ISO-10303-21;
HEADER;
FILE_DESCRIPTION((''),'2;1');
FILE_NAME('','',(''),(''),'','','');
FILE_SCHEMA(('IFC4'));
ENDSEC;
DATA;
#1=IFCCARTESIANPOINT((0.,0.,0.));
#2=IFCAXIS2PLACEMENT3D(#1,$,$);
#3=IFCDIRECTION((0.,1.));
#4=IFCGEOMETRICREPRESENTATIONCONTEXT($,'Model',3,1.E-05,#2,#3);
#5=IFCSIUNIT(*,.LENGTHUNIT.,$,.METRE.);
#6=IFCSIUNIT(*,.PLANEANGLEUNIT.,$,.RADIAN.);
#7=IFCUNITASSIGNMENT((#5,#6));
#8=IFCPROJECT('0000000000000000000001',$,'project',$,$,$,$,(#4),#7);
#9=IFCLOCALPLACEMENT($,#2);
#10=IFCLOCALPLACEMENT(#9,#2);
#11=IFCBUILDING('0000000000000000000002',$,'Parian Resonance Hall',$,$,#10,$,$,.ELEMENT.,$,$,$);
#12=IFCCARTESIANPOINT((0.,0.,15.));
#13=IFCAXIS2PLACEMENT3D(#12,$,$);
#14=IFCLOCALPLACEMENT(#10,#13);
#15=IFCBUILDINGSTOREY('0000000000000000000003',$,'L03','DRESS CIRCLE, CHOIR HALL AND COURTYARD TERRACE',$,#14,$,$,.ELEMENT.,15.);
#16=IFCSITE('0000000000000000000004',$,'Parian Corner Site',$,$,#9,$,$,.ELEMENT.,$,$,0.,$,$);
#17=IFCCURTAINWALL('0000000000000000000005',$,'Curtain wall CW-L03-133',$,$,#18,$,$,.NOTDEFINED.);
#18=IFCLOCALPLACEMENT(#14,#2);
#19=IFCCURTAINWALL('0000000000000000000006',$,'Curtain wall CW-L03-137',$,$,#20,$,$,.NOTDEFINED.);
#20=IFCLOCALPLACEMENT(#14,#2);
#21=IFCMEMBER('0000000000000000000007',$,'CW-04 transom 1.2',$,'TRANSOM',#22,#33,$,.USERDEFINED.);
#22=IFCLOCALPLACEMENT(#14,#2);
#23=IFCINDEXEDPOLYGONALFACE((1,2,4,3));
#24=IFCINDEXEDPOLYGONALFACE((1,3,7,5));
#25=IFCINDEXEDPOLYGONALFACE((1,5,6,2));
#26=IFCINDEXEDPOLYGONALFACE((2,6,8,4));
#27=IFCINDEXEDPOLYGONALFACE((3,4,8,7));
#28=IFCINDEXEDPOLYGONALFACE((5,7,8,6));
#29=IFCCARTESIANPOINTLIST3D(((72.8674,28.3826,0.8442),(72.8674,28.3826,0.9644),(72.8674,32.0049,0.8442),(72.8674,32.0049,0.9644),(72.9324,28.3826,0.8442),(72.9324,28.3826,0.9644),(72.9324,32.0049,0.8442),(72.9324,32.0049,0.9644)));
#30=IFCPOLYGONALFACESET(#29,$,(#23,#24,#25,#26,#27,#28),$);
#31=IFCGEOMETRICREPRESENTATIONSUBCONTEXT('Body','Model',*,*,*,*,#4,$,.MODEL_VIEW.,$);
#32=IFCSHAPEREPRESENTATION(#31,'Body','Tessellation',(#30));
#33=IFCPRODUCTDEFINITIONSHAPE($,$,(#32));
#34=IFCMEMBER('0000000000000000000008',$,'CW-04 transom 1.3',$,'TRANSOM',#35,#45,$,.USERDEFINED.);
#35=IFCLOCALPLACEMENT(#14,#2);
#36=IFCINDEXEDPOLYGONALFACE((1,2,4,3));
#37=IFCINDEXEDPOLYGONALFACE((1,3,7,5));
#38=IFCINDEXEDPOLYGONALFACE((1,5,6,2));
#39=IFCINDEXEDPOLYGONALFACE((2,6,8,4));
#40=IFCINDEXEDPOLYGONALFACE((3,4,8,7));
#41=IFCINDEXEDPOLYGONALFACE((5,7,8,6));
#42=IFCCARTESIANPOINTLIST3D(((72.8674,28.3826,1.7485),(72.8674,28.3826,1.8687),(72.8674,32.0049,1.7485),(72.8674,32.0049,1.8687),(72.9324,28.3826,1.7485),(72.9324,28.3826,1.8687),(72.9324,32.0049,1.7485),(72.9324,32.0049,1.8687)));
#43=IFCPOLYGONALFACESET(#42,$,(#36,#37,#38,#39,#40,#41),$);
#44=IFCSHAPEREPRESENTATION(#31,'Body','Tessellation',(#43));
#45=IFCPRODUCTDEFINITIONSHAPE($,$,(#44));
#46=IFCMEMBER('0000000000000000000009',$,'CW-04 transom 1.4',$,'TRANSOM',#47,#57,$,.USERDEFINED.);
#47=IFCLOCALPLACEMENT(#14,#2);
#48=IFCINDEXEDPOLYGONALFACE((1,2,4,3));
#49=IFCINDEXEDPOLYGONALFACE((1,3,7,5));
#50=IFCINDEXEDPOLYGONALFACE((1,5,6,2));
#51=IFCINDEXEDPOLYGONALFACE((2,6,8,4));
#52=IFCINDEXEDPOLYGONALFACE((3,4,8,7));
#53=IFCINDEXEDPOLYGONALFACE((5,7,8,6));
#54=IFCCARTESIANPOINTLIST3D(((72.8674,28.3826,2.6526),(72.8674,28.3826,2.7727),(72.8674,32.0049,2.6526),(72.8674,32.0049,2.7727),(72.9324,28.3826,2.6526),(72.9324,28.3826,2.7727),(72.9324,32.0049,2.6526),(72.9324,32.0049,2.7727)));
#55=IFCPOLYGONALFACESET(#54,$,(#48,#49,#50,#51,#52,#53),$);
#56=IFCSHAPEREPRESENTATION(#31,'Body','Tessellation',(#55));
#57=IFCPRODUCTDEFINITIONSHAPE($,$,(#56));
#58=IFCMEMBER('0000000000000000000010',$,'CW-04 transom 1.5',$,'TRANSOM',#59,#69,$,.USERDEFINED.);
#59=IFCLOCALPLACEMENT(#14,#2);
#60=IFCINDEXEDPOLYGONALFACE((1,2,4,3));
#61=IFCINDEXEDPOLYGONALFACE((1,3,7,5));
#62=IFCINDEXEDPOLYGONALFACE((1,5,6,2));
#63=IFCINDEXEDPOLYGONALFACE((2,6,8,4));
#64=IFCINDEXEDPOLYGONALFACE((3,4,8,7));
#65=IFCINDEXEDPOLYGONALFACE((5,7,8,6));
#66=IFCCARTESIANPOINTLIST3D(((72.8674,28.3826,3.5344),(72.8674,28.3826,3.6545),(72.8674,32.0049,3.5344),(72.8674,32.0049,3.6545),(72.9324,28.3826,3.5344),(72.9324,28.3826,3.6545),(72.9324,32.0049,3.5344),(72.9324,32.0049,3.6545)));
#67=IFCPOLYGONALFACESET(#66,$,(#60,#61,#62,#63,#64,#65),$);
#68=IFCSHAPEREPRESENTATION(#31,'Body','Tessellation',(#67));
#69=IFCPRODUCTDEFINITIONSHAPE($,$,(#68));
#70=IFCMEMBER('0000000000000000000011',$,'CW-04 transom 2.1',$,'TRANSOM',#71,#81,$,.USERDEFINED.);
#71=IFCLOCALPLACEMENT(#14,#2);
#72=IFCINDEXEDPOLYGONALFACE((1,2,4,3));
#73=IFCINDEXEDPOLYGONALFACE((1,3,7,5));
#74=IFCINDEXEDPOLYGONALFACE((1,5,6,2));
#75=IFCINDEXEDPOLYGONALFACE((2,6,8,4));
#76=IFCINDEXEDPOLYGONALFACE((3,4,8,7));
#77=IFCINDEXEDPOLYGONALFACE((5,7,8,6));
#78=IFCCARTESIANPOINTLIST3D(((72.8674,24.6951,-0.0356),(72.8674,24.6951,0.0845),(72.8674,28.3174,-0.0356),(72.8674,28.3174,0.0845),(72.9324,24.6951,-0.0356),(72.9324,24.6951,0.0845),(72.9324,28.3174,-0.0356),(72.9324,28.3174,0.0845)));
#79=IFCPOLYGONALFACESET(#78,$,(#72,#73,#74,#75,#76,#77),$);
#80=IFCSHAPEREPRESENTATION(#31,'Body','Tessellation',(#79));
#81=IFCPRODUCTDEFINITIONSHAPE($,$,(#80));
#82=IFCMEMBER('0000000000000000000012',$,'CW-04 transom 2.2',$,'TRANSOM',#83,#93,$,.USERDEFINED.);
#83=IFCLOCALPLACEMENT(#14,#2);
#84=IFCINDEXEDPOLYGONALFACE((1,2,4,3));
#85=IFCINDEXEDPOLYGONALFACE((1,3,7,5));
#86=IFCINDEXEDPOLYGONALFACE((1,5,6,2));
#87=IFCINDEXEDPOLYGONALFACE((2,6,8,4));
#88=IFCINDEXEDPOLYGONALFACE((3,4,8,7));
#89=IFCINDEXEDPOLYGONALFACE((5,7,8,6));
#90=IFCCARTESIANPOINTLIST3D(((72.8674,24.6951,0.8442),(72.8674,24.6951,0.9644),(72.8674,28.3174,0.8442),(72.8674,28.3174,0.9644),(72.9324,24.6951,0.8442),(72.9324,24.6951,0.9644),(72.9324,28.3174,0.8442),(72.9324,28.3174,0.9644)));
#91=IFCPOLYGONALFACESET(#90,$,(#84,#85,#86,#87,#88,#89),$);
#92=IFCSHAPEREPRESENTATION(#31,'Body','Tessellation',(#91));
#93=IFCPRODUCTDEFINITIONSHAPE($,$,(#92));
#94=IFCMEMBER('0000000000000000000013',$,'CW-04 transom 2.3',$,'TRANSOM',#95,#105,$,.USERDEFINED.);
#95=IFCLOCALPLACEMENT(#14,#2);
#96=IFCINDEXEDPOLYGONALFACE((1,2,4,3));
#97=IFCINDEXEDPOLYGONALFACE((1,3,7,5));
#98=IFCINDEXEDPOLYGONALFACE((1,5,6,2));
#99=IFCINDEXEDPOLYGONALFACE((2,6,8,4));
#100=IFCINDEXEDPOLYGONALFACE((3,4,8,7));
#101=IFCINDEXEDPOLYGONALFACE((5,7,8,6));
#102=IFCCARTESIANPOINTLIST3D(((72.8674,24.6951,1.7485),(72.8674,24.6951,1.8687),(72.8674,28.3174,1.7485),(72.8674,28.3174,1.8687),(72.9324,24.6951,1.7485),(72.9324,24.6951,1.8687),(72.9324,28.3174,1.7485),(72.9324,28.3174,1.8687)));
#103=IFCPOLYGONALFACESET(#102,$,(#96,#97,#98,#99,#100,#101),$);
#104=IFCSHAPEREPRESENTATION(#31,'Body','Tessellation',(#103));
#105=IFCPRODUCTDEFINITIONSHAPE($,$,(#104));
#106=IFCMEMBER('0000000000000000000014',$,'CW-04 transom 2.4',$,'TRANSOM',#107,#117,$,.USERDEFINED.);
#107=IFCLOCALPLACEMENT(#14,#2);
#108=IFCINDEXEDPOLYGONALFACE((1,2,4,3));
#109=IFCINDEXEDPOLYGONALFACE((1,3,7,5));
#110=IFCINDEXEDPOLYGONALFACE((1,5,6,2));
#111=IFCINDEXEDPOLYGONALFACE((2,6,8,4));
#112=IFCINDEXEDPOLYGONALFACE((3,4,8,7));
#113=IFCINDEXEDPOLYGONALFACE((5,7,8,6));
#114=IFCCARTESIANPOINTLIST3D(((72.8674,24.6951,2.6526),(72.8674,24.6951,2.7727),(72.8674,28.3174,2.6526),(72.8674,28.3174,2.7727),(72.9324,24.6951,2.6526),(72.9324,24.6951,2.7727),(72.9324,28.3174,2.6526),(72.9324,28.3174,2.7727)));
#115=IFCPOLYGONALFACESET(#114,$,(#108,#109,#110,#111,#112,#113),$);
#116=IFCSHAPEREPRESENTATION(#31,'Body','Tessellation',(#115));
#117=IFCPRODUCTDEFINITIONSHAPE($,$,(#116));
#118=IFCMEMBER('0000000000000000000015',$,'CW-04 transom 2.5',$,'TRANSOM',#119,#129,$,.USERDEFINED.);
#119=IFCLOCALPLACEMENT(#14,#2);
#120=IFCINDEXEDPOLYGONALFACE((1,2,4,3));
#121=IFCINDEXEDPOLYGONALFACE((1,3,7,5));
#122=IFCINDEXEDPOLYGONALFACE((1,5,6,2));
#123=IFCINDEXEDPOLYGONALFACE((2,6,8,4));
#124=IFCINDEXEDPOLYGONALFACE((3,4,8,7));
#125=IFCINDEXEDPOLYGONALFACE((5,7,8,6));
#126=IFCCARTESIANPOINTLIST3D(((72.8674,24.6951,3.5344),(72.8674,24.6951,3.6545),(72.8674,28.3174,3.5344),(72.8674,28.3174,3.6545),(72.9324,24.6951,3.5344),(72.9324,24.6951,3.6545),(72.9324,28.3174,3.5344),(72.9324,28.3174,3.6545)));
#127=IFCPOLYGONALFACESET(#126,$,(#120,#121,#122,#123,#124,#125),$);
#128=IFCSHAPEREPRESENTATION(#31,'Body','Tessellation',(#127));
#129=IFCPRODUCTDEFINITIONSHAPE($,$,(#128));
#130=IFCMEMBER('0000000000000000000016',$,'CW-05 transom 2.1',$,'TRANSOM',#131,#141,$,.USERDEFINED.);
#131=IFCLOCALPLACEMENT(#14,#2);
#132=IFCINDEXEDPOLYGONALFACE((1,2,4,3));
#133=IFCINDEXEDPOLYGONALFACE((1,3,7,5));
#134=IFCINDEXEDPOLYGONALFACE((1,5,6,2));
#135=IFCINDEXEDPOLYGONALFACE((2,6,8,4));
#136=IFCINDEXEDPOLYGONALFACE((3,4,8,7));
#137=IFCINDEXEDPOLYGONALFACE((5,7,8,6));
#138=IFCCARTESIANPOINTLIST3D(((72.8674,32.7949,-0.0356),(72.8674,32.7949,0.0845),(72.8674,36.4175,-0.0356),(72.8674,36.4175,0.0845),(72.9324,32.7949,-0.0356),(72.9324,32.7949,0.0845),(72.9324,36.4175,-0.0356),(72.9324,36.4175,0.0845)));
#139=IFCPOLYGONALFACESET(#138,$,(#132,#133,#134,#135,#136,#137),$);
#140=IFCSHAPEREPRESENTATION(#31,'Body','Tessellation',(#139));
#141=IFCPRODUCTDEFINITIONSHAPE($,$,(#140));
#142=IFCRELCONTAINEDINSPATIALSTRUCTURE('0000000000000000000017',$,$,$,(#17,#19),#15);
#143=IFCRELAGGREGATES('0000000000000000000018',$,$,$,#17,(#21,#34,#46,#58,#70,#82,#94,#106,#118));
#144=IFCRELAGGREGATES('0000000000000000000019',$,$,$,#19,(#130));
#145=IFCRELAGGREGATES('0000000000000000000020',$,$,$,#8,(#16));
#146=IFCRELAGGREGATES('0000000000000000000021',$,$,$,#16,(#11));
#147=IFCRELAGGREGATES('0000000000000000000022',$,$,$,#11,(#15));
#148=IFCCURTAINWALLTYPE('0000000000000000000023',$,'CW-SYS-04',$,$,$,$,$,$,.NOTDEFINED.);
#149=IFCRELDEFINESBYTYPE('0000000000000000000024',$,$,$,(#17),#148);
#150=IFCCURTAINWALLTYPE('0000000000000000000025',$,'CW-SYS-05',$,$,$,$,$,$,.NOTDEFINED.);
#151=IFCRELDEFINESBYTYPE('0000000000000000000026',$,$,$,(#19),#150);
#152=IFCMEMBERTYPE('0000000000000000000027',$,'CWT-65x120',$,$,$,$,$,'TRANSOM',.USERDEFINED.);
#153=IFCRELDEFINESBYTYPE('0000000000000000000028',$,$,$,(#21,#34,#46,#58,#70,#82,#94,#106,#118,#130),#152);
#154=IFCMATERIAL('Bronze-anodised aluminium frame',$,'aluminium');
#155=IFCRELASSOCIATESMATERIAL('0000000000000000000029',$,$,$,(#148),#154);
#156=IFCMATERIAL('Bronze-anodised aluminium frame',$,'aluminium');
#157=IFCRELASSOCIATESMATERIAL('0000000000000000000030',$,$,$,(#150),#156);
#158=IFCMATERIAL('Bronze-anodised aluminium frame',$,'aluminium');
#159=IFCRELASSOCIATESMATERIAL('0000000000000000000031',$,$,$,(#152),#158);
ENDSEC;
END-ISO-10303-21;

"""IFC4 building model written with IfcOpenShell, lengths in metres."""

from ifc_helpers import new_model, si_unit, direction, frame, origin, origin_2d, place, context, subcontext, project, spatial, rectangle, extrude, material, material_profile, profile_set, type_object, element, aggregate, save


model = new_model("IFC4")

# Units and contexts
model_context = context("Model", 3, precision=1e-05, world=origin(), true_north=direction((0.0, 1.0)))
body_context = subcontext(model_context, "Body", "Model", "MODEL_VIEW")
ifc_project = project(units=[si_unit("LENGTHUNIT", "METRE"), si_unit("PLANEANGLEUNIT", "RADIAN")], contexts=[model_context])

# Site, building, storey
site_placement = place(None, origin())
site = spatial("IfcSite", under=ifc_project, at=site_placement, Name="Parian Corner Site", CompositionType="ELEMENT", RefElevation=0.0)
building_placement = place(site_placement, origin())
building = spatial("IfcBuilding", under=site, at=building_placement, Name="Parian Resonance Hall", CompositionType="ELEMENT")
storey_placement = place(building_placement, frame((0.0, 0.0, 15.0)))
storey = spatial("IfcBuildingStorey", under=building, at=storey_placement, Name="L03", Description="DRESS CIRCLE, CHOIR HALL AND COURTYARD TERRACE", CompositionType="ELEMENT", Elevation=15.0)

# Curtain wall
ifc_material_1 = material(Name="Bronze-anodised aluminium frame", Category="aluminium")
curtain_wall_type_1 = type_object("IfcCurtainWallType", Name="CW-SYS-04", PredefinedType="NOTDEFINED", material=ifc_material_1)
curtain_wall_1_placement = place(storey_placement, origin())
curtain_wall_1 = element("IfcCurtainWall", 1, at=curtain_wall_1_placement, inside=storey, type_object=curtain_wall_type_1, Name="Curtain wall CW-L03-133", PredefinedType="NOTDEFINED")

# Curtain wall
ifc_material_2 = material(Name="Bronze-anodised aluminium frame", Category="aluminium")
curtain_wall_type_2 = type_object("IfcCurtainWallType", Name="CW-SYS-05", PredefinedType="NOTDEFINED", material=ifc_material_2)
curtain_wall_2_placement = place(storey_placement, origin())
curtain_wall_2 = element("IfcCurtainWall", 2, at=curtain_wall_2_placement, inside=storey, type_object=curtain_wall_type_2, Name="Curtain wall CW-L03-137", PredefinedType="NOTDEFINED")

# Members
ifc_material_3 = material(Name="Bronze-anodised aluminium frame", Category="aluminium")
ifc_material_profile_1 = material_profile(ifc_material_3, rectangle(XDim=0.0649, YDim=0.1201, at=origin_2d()), Name="CWT-65x120")
ifc_profile_set_1 = profile_set([ifc_material_profile_1], Name="Bronze-anodised aluminium frame")
member_type_1 = type_object("IfcMemberType", Name="CWT-65x120", ElementType="TRANSOM", PredefinedType="USERDEFINED", material=ifc_profile_set_1)
member_1_placement = place(storey_placement, frame((72.8999, 32.0049, 0.9043), z_axis=(0.0, -1.0, 0.0), x_axis=(1.0, 0.0, 0.0)))
member_1 = element("IfcMember", 3, at=member_1_placement, type_object=member_type_1, Name="CW-04 transom 1.2", ObjectType="TRANSOM", PredefinedType="USERDEFINED", context=body_context, shape_type="SweptSolid", body=[
    extrude(rectangle(XDim=0.0649, YDim=0.1201, at=origin_2d()), origin(), (0.0, 0.0, 1.0), 3.6223),
])
member_2_placement = place(storey_placement, frame((72.8999, 32.0049, 1.8086), z_axis=(0.0, -1.0, 0.0), x_axis=(1.0, 0.0, 0.0)))
member_2 = element("IfcMember", 4, at=member_2_placement, type_object=member_type_1, Name="CW-04 transom 1.3", ObjectType="TRANSOM", PredefinedType="USERDEFINED", context=body_context, shape_type="SweptSolid", body=[
    extrude(rectangle(XDim=0.0649, YDim=0.1201, at=origin_2d()), origin(), (0.0, 0.0, 1.0), 3.6223),
])
member_3_placement = place(storey_placement, frame((72.8999, 32.0049, 2.7126), z_axis=(0.0, -1.0, 0.0), x_axis=(1.0, 0.0, 0.0)))
member_3 = element("IfcMember", 5, at=member_3_placement, type_object=member_type_1, Name="CW-04 transom 1.4", ObjectType="TRANSOM", PredefinedType="USERDEFINED", context=body_context, shape_type="SweptSolid", body=[
    extrude(rectangle(XDim=0.0649, YDim=0.1201, at=origin_2d()), origin(), (0.0, 0.0, 1.0), 3.6223),
])
member_4_placement = place(storey_placement, frame((72.8999, 32.0049, 3.5945), z_axis=(0.0, -1.0, 0.0), x_axis=(1.0, 0.0, 0.0)))
member_4 = element("IfcMember", 6, at=member_4_placement, type_object=member_type_1, Name="CW-04 transom 1.5", ObjectType="TRANSOM", PredefinedType="USERDEFINED", context=body_context, shape_type="SweptSolid", body=[
    extrude(rectangle(XDim=0.0649, YDim=0.1201, at=origin_2d()), origin(), (0.0, 0.0, 1.0), 3.6223),
])
member_5_placement = place(storey_placement, frame((72.8999, 28.3174, 0.0244), z_axis=(0.0, -1.0, 0.0), x_axis=(1.0, 0.0, 0.0)))
member_5 = element("IfcMember", 7, at=member_5_placement, type_object=member_type_1, Name="CW-04 transom 2.1", ObjectType="TRANSOM", PredefinedType="USERDEFINED", context=body_context, shape_type="SweptSolid", body=[
    extrude(rectangle(XDim=0.0649, YDim=0.1201, at=origin_2d()), origin(), (0.0, 0.0, 1.0), 3.6223),
])
member_6_placement = place(storey_placement, frame((72.8999, 28.3174, 0.9043), z_axis=(0.0, -1.0, 0.0), x_axis=(1.0, 0.0, 0.0)))
member_6 = element("IfcMember", 8, at=member_6_placement, type_object=member_type_1, Name="CW-04 transom 2.2", ObjectType="TRANSOM", PredefinedType="USERDEFINED", context=body_context, shape_type="SweptSolid", body=[
    extrude(rectangle(XDim=0.0649, YDim=0.1201, at=origin_2d()), origin(), (0.0, 0.0, 1.0), 3.6223),
])
member_7_placement = place(storey_placement, frame((72.8999, 28.3174, 1.8086), z_axis=(0.0, -1.0, 0.0), x_axis=(1.0, 0.0, 0.0)))
member_7 = element("IfcMember", 9, at=member_7_placement, type_object=member_type_1, Name="CW-04 transom 2.3", ObjectType="TRANSOM", PredefinedType="USERDEFINED", context=body_context, shape_type="SweptSolid", body=[
    extrude(rectangle(XDim=0.0649, YDim=0.1201, at=origin_2d()), origin(), (0.0, 0.0, 1.0), 3.6223),
])
member_8_placement = place(storey_placement, frame((72.8999, 28.3174, 2.7126), z_axis=(0.0, -1.0, 0.0), x_axis=(1.0, 0.0, 0.0)))
member_8 = element("IfcMember", 10, at=member_8_placement, type_object=member_type_1, Name="CW-04 transom 2.4", ObjectType="TRANSOM", PredefinedType="USERDEFINED", context=body_context, shape_type="SweptSolid", body=[
    extrude(rectangle(XDim=0.0649, YDim=0.1201, at=origin_2d()), origin(), (0.0, 0.0, 1.0), 3.6223),
])
member_9_placement = place(storey_placement, frame((72.8999, 28.3174, 3.5945), z_axis=(0.0, -1.0, 0.0), x_axis=(1.0, 0.0, 0.0)))
member_9 = element("IfcMember", 11, at=member_9_placement, type_object=member_type_1, Name="CW-04 transom 2.5", ObjectType="TRANSOM", PredefinedType="USERDEFINED", context=body_context, shape_type="SweptSolid", body=[
    extrude(rectangle(XDim=0.0649, YDim=0.1201, at=origin_2d()), origin(), (0.0, 0.0, 1.0), 3.6223),
])
member_10_placement = place(storey_placement, frame((72.8999, 36.4175, 0.0244), z_axis=(0.0, -1.0, 0.0), x_axis=(1.0, 0.0, 0.0)))
member_10 = element("IfcMember", 12, at=member_10_placement, type_object=member_type_1, Name="CW-05 transom 2.1", ObjectType="TRANSOM", PredefinedType="USERDEFINED", context=body_context, shape_type="SweptSolid", body=[
    extrude(rectangle(XDim=0.0649, YDim=0.1201, at=origin_2d()), origin(), (0.0, 0.0, 1.0), 3.6226),
])

aggregate(curtain_wall_1, [member_1, member_2, member_3, member_4, member_5, member_6, member_7, member_8, member_9])
aggregate(curtain_wall_2, [member_10])

save(model, "model.ifc")
